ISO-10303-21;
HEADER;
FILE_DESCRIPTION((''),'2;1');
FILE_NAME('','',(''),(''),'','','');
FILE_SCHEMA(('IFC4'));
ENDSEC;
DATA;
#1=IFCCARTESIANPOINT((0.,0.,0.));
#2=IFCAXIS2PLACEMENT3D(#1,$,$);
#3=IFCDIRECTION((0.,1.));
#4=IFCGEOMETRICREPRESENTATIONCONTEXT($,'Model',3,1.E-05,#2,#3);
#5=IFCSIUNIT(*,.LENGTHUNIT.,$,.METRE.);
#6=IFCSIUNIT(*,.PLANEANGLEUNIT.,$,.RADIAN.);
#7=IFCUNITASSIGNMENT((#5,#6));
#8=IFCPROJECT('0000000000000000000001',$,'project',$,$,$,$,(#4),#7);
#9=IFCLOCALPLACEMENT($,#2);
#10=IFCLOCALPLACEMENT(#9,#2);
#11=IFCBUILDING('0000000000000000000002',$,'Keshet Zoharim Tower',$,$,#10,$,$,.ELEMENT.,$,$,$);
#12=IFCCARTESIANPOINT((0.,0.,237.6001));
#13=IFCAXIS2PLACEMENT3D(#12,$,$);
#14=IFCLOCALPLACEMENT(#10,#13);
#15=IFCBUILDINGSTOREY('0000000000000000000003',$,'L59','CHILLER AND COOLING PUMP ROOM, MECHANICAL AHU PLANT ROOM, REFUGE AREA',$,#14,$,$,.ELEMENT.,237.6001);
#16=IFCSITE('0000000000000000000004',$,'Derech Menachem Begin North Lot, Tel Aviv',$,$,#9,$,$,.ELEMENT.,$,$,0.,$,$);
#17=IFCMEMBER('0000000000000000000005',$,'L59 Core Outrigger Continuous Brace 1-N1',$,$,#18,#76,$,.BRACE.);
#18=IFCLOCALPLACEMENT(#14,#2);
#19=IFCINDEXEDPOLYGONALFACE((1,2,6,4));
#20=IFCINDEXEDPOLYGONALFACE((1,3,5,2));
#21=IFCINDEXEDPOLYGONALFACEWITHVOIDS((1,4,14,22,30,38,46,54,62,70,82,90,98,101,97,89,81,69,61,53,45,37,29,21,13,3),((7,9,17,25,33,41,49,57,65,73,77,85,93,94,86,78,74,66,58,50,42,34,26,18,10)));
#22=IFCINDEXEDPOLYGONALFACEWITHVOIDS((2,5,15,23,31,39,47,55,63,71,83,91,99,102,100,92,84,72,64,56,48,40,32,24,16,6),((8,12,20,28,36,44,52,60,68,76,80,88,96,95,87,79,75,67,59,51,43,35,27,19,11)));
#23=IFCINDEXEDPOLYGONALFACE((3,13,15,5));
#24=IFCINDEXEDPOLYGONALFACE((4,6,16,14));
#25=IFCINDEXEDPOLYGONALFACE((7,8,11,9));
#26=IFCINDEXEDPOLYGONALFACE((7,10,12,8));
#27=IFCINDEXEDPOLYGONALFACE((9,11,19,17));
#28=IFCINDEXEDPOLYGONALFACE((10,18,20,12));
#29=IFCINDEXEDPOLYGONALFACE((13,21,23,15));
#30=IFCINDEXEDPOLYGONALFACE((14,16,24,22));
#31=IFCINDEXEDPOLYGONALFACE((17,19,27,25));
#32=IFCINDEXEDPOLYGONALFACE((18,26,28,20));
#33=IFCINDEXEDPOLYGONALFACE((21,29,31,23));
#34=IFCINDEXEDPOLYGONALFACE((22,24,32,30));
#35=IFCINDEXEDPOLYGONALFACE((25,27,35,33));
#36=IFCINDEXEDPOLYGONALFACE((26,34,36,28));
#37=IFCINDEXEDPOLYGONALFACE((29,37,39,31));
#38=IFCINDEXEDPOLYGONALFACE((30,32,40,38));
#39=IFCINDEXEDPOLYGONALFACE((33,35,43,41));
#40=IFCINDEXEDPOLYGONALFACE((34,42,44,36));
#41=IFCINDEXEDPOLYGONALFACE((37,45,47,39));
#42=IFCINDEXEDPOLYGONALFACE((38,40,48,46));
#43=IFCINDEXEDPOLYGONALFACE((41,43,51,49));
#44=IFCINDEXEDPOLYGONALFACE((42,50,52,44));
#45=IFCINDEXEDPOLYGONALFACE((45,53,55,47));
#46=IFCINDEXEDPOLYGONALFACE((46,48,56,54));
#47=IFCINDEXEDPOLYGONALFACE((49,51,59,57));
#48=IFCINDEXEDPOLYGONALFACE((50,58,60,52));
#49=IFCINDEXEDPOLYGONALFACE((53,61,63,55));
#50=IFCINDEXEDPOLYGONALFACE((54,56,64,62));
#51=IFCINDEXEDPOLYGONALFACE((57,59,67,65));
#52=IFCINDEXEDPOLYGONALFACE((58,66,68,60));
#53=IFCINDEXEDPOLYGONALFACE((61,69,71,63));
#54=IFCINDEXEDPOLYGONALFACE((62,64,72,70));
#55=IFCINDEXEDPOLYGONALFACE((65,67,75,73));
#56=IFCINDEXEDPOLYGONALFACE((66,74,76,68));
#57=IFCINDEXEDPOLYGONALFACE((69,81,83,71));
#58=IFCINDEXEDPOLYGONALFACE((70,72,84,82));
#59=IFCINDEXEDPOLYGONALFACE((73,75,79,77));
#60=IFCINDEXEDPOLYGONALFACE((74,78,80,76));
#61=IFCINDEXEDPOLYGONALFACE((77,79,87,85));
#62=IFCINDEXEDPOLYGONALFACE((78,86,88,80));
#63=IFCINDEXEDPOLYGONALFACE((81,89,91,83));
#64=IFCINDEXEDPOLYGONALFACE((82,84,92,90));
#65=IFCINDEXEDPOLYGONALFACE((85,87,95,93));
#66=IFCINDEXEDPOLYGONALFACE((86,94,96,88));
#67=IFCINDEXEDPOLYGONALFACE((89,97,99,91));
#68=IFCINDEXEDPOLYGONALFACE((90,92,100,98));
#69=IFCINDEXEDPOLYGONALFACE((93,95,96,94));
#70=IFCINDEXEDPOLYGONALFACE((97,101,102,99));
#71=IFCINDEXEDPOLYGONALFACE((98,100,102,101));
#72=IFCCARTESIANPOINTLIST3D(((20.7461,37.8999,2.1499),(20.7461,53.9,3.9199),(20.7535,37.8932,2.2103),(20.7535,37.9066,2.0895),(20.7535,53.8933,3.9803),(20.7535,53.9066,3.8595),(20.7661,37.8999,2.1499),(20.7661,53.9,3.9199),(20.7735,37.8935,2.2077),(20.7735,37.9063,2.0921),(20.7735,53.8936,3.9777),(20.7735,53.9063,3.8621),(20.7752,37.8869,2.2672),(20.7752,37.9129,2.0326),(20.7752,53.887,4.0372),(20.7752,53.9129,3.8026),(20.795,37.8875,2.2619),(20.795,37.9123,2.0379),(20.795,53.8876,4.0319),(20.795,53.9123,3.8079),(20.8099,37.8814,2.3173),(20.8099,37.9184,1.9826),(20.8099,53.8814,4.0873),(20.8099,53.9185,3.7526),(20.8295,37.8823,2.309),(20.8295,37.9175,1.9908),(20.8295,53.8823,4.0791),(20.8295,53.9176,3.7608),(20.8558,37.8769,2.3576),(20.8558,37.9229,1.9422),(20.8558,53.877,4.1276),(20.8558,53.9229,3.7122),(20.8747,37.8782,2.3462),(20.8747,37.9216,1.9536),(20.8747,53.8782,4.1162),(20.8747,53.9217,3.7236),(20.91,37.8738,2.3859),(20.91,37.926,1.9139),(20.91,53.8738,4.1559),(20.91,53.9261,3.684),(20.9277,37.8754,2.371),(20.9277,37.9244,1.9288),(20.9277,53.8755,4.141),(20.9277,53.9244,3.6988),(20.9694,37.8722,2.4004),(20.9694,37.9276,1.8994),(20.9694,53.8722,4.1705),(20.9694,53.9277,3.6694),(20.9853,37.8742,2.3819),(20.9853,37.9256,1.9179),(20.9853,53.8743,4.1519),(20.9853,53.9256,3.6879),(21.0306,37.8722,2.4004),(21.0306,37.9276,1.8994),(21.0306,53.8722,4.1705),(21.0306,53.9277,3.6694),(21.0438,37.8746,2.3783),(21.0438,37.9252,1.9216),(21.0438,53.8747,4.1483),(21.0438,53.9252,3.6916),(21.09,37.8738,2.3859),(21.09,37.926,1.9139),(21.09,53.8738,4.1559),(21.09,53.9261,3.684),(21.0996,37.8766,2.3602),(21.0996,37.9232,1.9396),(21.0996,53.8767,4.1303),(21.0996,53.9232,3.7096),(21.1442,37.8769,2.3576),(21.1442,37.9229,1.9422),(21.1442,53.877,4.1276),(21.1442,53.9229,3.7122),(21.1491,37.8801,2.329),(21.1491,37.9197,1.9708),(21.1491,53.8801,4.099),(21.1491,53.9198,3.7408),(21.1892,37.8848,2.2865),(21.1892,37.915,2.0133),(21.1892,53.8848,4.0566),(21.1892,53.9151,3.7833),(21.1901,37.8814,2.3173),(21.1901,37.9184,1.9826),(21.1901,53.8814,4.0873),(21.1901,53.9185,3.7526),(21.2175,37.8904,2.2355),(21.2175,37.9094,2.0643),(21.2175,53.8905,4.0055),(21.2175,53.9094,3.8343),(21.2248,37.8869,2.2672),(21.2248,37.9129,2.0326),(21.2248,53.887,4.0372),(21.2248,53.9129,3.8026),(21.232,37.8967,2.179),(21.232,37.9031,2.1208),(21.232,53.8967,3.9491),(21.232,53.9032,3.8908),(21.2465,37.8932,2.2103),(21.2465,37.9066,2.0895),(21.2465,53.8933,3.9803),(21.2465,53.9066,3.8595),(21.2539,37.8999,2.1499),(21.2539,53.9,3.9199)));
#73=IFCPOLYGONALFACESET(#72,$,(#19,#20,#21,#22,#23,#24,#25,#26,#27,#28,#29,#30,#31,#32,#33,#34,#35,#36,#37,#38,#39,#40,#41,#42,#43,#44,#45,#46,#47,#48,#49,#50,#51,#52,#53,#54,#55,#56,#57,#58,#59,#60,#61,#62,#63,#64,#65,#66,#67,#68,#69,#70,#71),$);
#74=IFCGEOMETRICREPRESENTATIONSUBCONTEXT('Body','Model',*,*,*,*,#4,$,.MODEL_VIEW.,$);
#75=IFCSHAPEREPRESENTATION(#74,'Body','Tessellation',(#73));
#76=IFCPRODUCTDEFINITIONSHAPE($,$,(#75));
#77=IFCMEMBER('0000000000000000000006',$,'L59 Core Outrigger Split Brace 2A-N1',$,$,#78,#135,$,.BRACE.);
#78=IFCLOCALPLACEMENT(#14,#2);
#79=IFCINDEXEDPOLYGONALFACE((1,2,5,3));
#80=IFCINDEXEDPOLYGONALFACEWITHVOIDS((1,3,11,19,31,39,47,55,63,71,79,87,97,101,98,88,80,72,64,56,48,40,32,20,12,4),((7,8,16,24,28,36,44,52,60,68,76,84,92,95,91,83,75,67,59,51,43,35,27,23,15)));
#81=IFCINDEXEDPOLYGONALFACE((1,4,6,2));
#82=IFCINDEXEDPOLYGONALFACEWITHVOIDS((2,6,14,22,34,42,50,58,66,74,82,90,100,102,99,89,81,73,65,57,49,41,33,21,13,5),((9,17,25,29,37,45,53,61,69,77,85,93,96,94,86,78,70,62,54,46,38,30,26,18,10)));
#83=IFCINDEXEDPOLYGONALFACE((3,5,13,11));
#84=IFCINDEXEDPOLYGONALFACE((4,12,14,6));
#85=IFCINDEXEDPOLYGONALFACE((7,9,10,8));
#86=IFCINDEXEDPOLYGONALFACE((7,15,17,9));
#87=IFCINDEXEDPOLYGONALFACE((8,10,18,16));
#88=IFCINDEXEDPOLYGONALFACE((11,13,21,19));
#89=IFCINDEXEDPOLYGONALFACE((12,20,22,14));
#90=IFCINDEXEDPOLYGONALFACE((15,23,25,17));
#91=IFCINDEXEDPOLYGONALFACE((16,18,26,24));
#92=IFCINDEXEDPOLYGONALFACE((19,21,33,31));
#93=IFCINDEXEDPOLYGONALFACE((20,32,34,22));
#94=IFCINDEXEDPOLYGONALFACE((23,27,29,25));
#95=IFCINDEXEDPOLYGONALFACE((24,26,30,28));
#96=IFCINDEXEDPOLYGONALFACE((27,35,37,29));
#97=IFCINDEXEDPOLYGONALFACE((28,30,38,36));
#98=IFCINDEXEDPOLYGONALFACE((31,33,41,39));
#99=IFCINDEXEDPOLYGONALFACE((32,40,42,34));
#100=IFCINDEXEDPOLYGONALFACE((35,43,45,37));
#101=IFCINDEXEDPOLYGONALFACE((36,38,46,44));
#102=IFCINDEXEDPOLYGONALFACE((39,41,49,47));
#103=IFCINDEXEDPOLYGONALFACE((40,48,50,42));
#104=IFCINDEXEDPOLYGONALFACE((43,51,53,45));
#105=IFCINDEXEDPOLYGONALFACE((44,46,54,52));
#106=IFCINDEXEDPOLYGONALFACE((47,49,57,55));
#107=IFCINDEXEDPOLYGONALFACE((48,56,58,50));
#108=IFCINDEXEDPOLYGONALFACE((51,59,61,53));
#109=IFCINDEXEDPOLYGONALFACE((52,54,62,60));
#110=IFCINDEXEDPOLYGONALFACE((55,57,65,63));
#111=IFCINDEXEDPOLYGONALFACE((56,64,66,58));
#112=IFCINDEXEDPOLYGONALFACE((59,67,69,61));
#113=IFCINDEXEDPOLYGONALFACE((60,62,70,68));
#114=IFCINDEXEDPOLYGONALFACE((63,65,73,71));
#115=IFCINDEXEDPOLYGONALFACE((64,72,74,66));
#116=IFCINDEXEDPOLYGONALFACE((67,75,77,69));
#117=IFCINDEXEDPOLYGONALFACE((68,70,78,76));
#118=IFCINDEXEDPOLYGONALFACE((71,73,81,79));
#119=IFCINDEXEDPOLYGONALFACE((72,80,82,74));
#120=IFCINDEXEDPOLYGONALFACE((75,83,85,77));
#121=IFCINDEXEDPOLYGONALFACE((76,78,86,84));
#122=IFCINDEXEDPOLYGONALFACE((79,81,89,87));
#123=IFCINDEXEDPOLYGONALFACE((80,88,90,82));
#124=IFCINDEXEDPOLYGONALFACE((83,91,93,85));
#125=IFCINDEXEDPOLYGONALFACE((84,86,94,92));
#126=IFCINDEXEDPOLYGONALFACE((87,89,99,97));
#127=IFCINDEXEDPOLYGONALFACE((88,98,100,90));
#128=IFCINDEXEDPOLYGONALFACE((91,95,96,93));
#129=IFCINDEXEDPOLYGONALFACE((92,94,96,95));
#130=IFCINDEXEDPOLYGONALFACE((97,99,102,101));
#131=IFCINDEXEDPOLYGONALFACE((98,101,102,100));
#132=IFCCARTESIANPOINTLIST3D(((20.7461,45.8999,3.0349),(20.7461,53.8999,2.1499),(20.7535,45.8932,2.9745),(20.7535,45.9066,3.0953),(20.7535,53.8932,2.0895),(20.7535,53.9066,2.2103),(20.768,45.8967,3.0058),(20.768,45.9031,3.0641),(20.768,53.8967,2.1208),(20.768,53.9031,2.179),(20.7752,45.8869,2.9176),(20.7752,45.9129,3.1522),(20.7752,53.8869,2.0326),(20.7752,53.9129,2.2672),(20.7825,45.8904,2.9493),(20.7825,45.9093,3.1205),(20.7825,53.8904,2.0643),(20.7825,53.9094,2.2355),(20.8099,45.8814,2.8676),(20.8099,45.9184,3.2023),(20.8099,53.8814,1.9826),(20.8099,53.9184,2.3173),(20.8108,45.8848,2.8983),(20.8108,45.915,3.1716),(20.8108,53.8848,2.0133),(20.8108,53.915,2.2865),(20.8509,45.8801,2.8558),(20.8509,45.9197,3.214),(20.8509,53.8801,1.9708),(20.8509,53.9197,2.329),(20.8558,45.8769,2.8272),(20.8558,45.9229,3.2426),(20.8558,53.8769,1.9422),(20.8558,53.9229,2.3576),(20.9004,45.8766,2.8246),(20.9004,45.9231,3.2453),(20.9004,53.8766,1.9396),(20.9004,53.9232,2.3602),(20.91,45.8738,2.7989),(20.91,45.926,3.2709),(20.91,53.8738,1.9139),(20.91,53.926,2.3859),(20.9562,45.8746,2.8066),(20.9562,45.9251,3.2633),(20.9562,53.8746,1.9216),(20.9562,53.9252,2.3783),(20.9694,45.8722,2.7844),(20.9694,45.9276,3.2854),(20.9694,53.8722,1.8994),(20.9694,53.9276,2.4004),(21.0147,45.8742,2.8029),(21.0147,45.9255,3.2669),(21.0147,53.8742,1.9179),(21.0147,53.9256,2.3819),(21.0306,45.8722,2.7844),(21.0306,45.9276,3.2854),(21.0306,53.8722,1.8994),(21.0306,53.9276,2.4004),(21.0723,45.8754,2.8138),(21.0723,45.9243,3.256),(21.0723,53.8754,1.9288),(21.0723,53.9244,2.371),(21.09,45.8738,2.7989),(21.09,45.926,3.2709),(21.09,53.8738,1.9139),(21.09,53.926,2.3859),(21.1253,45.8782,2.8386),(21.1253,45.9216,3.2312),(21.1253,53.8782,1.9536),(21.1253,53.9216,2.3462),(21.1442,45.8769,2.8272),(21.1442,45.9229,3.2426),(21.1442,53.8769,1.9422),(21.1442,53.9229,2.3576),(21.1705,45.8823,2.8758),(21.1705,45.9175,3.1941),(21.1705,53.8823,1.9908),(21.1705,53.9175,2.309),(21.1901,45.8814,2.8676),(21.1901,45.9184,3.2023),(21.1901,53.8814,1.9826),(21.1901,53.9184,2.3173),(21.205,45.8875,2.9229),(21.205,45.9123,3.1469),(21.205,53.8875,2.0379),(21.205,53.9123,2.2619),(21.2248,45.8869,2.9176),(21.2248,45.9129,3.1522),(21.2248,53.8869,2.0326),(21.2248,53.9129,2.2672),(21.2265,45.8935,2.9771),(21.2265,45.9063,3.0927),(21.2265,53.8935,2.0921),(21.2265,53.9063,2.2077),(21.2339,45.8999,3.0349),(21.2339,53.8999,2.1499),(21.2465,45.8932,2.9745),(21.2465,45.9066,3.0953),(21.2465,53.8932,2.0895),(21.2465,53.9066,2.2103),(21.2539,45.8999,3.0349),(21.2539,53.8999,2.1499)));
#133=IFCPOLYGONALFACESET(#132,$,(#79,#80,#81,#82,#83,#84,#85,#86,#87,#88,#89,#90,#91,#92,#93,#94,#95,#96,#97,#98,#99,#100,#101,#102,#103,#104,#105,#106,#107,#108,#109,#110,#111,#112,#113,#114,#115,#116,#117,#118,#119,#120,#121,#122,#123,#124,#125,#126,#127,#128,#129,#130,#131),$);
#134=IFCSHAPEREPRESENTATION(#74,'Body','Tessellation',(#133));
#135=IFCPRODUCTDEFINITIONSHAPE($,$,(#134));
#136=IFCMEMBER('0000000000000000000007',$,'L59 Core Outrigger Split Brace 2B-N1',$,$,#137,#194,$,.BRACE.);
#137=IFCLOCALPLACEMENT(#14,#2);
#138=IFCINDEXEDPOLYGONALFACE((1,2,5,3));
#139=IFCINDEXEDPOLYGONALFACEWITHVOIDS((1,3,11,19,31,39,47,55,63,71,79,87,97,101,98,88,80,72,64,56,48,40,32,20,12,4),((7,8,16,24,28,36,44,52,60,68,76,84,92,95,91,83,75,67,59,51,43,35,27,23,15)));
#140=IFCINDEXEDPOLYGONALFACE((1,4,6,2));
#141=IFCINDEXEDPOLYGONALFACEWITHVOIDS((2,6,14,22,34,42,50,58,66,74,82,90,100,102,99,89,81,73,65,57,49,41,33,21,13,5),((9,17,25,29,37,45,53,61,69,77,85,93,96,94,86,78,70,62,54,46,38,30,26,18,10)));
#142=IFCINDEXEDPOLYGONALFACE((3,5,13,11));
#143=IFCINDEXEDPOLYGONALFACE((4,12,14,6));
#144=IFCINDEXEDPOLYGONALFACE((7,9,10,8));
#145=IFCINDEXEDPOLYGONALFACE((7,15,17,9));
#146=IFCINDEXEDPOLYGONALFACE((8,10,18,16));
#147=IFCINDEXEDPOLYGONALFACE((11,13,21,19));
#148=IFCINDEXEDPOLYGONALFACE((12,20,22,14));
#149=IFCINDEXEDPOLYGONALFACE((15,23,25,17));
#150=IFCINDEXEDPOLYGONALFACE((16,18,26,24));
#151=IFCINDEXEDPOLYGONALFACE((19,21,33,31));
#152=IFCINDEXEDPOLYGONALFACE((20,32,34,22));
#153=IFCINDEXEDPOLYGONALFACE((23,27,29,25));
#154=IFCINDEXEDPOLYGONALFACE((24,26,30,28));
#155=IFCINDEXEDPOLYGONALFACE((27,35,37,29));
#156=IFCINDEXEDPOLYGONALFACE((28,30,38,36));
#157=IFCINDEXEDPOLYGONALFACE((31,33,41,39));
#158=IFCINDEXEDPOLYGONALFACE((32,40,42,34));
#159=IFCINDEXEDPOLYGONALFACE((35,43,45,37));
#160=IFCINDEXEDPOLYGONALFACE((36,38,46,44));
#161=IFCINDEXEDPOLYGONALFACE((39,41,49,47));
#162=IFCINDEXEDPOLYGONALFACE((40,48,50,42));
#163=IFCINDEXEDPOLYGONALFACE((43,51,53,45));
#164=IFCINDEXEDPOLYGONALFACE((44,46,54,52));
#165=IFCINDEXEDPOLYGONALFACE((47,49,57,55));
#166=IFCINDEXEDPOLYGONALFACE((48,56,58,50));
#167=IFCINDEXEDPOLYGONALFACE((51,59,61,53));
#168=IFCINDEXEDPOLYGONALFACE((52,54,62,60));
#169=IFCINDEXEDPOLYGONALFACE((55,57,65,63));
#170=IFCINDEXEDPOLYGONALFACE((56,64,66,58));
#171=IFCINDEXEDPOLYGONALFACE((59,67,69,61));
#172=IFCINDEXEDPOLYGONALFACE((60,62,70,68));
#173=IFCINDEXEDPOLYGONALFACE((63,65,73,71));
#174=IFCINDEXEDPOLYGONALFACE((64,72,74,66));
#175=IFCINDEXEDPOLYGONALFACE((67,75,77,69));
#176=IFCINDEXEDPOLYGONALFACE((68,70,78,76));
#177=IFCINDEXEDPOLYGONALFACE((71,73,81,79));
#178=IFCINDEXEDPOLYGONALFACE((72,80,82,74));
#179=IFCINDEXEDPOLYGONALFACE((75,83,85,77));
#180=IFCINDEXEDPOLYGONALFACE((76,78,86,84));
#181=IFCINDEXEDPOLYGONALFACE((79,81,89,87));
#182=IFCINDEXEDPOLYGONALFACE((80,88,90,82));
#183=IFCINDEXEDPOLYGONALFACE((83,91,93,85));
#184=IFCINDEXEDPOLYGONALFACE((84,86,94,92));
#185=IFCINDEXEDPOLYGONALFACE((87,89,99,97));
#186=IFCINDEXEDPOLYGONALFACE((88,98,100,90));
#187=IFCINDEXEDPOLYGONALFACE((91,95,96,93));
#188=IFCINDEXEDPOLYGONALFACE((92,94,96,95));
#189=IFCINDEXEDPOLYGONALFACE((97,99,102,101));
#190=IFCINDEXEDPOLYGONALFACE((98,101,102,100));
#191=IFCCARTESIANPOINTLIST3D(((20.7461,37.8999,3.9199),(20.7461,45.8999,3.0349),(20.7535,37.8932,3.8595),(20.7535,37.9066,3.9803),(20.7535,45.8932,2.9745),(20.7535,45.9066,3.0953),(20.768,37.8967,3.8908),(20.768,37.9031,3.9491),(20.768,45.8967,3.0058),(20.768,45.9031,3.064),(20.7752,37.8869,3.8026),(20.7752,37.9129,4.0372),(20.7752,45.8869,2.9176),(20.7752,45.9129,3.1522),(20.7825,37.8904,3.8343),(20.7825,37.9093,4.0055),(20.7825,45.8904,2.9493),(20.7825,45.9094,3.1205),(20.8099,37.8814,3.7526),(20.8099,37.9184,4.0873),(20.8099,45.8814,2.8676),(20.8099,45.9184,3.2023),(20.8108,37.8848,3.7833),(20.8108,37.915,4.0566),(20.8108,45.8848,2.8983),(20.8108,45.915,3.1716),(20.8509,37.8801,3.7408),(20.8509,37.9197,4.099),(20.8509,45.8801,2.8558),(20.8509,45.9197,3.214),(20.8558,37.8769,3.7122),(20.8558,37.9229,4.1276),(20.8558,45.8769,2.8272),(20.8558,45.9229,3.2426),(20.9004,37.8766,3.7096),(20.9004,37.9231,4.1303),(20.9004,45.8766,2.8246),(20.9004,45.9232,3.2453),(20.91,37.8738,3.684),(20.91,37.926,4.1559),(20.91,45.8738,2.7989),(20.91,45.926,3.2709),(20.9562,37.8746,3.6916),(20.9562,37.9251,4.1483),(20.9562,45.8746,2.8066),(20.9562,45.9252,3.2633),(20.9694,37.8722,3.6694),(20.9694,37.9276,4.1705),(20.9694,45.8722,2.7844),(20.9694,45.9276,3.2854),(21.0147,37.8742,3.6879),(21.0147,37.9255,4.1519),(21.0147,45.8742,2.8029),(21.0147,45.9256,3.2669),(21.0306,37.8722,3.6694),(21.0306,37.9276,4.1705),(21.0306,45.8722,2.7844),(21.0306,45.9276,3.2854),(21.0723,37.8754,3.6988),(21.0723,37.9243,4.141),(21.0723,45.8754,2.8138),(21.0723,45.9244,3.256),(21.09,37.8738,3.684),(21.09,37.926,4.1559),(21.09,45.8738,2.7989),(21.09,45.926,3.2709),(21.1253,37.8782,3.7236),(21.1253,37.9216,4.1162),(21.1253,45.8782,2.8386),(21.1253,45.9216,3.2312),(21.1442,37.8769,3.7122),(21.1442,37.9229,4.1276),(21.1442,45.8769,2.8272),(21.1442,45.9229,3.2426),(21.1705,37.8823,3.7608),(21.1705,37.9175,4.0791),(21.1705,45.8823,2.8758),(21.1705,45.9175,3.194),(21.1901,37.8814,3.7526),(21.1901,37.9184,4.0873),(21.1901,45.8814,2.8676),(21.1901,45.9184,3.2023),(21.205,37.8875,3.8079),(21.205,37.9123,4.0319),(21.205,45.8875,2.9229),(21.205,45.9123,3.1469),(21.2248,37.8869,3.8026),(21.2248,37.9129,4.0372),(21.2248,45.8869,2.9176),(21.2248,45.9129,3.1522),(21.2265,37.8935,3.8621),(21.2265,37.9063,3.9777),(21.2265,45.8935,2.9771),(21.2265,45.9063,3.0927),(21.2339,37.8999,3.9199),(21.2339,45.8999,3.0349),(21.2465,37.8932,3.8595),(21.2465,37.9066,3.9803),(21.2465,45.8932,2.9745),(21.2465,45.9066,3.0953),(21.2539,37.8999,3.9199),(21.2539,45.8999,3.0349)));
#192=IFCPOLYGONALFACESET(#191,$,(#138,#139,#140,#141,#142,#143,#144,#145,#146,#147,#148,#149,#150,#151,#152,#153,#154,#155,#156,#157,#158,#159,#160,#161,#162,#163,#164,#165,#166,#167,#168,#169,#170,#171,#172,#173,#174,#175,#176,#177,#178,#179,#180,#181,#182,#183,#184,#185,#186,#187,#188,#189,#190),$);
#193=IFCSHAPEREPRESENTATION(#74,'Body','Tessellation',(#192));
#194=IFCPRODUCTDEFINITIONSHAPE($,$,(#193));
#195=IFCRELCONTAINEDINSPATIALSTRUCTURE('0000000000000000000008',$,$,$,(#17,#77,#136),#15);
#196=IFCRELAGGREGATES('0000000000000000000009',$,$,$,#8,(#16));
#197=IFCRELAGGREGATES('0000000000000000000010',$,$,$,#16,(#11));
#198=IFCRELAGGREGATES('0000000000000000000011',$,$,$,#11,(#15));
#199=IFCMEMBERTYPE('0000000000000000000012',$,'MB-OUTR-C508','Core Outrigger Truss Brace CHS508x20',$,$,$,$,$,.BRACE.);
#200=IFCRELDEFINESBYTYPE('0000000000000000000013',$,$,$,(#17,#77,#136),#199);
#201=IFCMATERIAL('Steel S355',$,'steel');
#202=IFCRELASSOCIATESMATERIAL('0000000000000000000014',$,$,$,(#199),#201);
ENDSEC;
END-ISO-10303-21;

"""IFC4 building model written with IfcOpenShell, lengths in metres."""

from ifc_helpers import new_model, si_unit, direction, frame, origin, origin_2d, place, context, subcontext, project, spatial, hollow_circle, extrude, material, material_profile, profile_set, type_object, element, save


model = new_model("IFC4")

# Units and contexts
model_context = context("Model", 3, precision=1e-05, world=origin(), true_north=direction((0.0, 1.0)))
body_context = subcontext(model_context, "Body", "Model", "MODEL_VIEW")
ifc_project = project(units=[si_unit("LENGTHUNIT", "METRE"), si_unit("PLANEANGLEUNIT", "RADIAN")], contexts=[model_context])

# Site, building, storey
site_placement = place(None, origin())
site = spatial("IfcSite", under=ifc_project, at=site_placement, Name="Derech Menachem Begin North Lot, Tel Aviv", CompositionType="ELEMENT", RefElevation=0.0)
building_placement = place(site_placement, origin())
building = spatial("IfcBuilding", under=site, at=building_placement, Name="Keshet Zoharim Tower", CompositionType="ELEMENT")
storey_placement = place(building_placement, frame((0.0, 0.0, 237.6001)))
storey = spatial("IfcBuildingStorey", under=building, at=storey_placement, Name="L59", Description="CHILLER AND COOLING PUMP ROOM, MECHANICAL AHU PLANT ROOM, REFUGE AREA", CompositionType="ELEMENT", Elevation=237.6001)

# Shared definitions
ifc_material_1 = material(Name="Steel S355", Category="steel")

# Members
ifc_material_profile_1 = material_profile(ifc_material_1, hollow_circle(Radius=0.2539, WallThickness=0.02, at=origin_2d()), Name="CHS508x20")
ifc_profile_set_1 = profile_set([ifc_material_profile_1], Name="Steel S355")
member_type_1 = type_object("IfcMemberType", Name="MB-OUTR-C508", Description="Core Outrigger Truss Brace CHS508x20", PredefinedType="BRACE", material=ifc_profile_set_1)
member_1_placement = place(storey_placement, frame((21.0, 37.8999, 2.1499), z_axis=(0.0, 0.993937, 0.109955), x_axis=(-1.0, 0.0, 0.0)))
element("IfcMember", 1, at=member_1_placement, inside=storey, type_object=member_type_1, Name="L59 Core Outrigger Continuous Brace 1-N1", PredefinedType="BRACE", context=body_context, shape_type="SweptSolid", body=[
    extrude(hollow_circle(Radius=0.2539, WallThickness=0.02, at=origin_2d()), origin(), (0.0, 0.0, 1.0), 16.0977),
])
for number, where, z_axis, x_axis, name in (
    (2, (21.0, 53.8999, 2.1499), (0.0, -0.993937, 0.109955), (1.0, 0.0, 0.0), "L59 Core Outrigger Split Brace 2A-N1"),
    (3, (21.0, 45.8999, 3.0349), (0.0, -0.993937, 0.109955), (1.0, 0.0, 0.0), "L59 Core Outrigger Split Brace 2B-N1"),
):
    element("IfcMember", number, at=place(storey_placement, frame(where, z_axis=z_axis, x_axis=x_axis)), inside=storey, type_object=member_type_1, Name=name, PredefinedType="BRACE", context=body_context, shape_type="SweptSolid", body=[
        extrude(hollow_circle(Radius=0.2539, WallThickness=0.02, at=origin_2d()), origin(), (0.0, 0.0, 1.0), 8.0488),
    ])

save(model, "model.ifc")
